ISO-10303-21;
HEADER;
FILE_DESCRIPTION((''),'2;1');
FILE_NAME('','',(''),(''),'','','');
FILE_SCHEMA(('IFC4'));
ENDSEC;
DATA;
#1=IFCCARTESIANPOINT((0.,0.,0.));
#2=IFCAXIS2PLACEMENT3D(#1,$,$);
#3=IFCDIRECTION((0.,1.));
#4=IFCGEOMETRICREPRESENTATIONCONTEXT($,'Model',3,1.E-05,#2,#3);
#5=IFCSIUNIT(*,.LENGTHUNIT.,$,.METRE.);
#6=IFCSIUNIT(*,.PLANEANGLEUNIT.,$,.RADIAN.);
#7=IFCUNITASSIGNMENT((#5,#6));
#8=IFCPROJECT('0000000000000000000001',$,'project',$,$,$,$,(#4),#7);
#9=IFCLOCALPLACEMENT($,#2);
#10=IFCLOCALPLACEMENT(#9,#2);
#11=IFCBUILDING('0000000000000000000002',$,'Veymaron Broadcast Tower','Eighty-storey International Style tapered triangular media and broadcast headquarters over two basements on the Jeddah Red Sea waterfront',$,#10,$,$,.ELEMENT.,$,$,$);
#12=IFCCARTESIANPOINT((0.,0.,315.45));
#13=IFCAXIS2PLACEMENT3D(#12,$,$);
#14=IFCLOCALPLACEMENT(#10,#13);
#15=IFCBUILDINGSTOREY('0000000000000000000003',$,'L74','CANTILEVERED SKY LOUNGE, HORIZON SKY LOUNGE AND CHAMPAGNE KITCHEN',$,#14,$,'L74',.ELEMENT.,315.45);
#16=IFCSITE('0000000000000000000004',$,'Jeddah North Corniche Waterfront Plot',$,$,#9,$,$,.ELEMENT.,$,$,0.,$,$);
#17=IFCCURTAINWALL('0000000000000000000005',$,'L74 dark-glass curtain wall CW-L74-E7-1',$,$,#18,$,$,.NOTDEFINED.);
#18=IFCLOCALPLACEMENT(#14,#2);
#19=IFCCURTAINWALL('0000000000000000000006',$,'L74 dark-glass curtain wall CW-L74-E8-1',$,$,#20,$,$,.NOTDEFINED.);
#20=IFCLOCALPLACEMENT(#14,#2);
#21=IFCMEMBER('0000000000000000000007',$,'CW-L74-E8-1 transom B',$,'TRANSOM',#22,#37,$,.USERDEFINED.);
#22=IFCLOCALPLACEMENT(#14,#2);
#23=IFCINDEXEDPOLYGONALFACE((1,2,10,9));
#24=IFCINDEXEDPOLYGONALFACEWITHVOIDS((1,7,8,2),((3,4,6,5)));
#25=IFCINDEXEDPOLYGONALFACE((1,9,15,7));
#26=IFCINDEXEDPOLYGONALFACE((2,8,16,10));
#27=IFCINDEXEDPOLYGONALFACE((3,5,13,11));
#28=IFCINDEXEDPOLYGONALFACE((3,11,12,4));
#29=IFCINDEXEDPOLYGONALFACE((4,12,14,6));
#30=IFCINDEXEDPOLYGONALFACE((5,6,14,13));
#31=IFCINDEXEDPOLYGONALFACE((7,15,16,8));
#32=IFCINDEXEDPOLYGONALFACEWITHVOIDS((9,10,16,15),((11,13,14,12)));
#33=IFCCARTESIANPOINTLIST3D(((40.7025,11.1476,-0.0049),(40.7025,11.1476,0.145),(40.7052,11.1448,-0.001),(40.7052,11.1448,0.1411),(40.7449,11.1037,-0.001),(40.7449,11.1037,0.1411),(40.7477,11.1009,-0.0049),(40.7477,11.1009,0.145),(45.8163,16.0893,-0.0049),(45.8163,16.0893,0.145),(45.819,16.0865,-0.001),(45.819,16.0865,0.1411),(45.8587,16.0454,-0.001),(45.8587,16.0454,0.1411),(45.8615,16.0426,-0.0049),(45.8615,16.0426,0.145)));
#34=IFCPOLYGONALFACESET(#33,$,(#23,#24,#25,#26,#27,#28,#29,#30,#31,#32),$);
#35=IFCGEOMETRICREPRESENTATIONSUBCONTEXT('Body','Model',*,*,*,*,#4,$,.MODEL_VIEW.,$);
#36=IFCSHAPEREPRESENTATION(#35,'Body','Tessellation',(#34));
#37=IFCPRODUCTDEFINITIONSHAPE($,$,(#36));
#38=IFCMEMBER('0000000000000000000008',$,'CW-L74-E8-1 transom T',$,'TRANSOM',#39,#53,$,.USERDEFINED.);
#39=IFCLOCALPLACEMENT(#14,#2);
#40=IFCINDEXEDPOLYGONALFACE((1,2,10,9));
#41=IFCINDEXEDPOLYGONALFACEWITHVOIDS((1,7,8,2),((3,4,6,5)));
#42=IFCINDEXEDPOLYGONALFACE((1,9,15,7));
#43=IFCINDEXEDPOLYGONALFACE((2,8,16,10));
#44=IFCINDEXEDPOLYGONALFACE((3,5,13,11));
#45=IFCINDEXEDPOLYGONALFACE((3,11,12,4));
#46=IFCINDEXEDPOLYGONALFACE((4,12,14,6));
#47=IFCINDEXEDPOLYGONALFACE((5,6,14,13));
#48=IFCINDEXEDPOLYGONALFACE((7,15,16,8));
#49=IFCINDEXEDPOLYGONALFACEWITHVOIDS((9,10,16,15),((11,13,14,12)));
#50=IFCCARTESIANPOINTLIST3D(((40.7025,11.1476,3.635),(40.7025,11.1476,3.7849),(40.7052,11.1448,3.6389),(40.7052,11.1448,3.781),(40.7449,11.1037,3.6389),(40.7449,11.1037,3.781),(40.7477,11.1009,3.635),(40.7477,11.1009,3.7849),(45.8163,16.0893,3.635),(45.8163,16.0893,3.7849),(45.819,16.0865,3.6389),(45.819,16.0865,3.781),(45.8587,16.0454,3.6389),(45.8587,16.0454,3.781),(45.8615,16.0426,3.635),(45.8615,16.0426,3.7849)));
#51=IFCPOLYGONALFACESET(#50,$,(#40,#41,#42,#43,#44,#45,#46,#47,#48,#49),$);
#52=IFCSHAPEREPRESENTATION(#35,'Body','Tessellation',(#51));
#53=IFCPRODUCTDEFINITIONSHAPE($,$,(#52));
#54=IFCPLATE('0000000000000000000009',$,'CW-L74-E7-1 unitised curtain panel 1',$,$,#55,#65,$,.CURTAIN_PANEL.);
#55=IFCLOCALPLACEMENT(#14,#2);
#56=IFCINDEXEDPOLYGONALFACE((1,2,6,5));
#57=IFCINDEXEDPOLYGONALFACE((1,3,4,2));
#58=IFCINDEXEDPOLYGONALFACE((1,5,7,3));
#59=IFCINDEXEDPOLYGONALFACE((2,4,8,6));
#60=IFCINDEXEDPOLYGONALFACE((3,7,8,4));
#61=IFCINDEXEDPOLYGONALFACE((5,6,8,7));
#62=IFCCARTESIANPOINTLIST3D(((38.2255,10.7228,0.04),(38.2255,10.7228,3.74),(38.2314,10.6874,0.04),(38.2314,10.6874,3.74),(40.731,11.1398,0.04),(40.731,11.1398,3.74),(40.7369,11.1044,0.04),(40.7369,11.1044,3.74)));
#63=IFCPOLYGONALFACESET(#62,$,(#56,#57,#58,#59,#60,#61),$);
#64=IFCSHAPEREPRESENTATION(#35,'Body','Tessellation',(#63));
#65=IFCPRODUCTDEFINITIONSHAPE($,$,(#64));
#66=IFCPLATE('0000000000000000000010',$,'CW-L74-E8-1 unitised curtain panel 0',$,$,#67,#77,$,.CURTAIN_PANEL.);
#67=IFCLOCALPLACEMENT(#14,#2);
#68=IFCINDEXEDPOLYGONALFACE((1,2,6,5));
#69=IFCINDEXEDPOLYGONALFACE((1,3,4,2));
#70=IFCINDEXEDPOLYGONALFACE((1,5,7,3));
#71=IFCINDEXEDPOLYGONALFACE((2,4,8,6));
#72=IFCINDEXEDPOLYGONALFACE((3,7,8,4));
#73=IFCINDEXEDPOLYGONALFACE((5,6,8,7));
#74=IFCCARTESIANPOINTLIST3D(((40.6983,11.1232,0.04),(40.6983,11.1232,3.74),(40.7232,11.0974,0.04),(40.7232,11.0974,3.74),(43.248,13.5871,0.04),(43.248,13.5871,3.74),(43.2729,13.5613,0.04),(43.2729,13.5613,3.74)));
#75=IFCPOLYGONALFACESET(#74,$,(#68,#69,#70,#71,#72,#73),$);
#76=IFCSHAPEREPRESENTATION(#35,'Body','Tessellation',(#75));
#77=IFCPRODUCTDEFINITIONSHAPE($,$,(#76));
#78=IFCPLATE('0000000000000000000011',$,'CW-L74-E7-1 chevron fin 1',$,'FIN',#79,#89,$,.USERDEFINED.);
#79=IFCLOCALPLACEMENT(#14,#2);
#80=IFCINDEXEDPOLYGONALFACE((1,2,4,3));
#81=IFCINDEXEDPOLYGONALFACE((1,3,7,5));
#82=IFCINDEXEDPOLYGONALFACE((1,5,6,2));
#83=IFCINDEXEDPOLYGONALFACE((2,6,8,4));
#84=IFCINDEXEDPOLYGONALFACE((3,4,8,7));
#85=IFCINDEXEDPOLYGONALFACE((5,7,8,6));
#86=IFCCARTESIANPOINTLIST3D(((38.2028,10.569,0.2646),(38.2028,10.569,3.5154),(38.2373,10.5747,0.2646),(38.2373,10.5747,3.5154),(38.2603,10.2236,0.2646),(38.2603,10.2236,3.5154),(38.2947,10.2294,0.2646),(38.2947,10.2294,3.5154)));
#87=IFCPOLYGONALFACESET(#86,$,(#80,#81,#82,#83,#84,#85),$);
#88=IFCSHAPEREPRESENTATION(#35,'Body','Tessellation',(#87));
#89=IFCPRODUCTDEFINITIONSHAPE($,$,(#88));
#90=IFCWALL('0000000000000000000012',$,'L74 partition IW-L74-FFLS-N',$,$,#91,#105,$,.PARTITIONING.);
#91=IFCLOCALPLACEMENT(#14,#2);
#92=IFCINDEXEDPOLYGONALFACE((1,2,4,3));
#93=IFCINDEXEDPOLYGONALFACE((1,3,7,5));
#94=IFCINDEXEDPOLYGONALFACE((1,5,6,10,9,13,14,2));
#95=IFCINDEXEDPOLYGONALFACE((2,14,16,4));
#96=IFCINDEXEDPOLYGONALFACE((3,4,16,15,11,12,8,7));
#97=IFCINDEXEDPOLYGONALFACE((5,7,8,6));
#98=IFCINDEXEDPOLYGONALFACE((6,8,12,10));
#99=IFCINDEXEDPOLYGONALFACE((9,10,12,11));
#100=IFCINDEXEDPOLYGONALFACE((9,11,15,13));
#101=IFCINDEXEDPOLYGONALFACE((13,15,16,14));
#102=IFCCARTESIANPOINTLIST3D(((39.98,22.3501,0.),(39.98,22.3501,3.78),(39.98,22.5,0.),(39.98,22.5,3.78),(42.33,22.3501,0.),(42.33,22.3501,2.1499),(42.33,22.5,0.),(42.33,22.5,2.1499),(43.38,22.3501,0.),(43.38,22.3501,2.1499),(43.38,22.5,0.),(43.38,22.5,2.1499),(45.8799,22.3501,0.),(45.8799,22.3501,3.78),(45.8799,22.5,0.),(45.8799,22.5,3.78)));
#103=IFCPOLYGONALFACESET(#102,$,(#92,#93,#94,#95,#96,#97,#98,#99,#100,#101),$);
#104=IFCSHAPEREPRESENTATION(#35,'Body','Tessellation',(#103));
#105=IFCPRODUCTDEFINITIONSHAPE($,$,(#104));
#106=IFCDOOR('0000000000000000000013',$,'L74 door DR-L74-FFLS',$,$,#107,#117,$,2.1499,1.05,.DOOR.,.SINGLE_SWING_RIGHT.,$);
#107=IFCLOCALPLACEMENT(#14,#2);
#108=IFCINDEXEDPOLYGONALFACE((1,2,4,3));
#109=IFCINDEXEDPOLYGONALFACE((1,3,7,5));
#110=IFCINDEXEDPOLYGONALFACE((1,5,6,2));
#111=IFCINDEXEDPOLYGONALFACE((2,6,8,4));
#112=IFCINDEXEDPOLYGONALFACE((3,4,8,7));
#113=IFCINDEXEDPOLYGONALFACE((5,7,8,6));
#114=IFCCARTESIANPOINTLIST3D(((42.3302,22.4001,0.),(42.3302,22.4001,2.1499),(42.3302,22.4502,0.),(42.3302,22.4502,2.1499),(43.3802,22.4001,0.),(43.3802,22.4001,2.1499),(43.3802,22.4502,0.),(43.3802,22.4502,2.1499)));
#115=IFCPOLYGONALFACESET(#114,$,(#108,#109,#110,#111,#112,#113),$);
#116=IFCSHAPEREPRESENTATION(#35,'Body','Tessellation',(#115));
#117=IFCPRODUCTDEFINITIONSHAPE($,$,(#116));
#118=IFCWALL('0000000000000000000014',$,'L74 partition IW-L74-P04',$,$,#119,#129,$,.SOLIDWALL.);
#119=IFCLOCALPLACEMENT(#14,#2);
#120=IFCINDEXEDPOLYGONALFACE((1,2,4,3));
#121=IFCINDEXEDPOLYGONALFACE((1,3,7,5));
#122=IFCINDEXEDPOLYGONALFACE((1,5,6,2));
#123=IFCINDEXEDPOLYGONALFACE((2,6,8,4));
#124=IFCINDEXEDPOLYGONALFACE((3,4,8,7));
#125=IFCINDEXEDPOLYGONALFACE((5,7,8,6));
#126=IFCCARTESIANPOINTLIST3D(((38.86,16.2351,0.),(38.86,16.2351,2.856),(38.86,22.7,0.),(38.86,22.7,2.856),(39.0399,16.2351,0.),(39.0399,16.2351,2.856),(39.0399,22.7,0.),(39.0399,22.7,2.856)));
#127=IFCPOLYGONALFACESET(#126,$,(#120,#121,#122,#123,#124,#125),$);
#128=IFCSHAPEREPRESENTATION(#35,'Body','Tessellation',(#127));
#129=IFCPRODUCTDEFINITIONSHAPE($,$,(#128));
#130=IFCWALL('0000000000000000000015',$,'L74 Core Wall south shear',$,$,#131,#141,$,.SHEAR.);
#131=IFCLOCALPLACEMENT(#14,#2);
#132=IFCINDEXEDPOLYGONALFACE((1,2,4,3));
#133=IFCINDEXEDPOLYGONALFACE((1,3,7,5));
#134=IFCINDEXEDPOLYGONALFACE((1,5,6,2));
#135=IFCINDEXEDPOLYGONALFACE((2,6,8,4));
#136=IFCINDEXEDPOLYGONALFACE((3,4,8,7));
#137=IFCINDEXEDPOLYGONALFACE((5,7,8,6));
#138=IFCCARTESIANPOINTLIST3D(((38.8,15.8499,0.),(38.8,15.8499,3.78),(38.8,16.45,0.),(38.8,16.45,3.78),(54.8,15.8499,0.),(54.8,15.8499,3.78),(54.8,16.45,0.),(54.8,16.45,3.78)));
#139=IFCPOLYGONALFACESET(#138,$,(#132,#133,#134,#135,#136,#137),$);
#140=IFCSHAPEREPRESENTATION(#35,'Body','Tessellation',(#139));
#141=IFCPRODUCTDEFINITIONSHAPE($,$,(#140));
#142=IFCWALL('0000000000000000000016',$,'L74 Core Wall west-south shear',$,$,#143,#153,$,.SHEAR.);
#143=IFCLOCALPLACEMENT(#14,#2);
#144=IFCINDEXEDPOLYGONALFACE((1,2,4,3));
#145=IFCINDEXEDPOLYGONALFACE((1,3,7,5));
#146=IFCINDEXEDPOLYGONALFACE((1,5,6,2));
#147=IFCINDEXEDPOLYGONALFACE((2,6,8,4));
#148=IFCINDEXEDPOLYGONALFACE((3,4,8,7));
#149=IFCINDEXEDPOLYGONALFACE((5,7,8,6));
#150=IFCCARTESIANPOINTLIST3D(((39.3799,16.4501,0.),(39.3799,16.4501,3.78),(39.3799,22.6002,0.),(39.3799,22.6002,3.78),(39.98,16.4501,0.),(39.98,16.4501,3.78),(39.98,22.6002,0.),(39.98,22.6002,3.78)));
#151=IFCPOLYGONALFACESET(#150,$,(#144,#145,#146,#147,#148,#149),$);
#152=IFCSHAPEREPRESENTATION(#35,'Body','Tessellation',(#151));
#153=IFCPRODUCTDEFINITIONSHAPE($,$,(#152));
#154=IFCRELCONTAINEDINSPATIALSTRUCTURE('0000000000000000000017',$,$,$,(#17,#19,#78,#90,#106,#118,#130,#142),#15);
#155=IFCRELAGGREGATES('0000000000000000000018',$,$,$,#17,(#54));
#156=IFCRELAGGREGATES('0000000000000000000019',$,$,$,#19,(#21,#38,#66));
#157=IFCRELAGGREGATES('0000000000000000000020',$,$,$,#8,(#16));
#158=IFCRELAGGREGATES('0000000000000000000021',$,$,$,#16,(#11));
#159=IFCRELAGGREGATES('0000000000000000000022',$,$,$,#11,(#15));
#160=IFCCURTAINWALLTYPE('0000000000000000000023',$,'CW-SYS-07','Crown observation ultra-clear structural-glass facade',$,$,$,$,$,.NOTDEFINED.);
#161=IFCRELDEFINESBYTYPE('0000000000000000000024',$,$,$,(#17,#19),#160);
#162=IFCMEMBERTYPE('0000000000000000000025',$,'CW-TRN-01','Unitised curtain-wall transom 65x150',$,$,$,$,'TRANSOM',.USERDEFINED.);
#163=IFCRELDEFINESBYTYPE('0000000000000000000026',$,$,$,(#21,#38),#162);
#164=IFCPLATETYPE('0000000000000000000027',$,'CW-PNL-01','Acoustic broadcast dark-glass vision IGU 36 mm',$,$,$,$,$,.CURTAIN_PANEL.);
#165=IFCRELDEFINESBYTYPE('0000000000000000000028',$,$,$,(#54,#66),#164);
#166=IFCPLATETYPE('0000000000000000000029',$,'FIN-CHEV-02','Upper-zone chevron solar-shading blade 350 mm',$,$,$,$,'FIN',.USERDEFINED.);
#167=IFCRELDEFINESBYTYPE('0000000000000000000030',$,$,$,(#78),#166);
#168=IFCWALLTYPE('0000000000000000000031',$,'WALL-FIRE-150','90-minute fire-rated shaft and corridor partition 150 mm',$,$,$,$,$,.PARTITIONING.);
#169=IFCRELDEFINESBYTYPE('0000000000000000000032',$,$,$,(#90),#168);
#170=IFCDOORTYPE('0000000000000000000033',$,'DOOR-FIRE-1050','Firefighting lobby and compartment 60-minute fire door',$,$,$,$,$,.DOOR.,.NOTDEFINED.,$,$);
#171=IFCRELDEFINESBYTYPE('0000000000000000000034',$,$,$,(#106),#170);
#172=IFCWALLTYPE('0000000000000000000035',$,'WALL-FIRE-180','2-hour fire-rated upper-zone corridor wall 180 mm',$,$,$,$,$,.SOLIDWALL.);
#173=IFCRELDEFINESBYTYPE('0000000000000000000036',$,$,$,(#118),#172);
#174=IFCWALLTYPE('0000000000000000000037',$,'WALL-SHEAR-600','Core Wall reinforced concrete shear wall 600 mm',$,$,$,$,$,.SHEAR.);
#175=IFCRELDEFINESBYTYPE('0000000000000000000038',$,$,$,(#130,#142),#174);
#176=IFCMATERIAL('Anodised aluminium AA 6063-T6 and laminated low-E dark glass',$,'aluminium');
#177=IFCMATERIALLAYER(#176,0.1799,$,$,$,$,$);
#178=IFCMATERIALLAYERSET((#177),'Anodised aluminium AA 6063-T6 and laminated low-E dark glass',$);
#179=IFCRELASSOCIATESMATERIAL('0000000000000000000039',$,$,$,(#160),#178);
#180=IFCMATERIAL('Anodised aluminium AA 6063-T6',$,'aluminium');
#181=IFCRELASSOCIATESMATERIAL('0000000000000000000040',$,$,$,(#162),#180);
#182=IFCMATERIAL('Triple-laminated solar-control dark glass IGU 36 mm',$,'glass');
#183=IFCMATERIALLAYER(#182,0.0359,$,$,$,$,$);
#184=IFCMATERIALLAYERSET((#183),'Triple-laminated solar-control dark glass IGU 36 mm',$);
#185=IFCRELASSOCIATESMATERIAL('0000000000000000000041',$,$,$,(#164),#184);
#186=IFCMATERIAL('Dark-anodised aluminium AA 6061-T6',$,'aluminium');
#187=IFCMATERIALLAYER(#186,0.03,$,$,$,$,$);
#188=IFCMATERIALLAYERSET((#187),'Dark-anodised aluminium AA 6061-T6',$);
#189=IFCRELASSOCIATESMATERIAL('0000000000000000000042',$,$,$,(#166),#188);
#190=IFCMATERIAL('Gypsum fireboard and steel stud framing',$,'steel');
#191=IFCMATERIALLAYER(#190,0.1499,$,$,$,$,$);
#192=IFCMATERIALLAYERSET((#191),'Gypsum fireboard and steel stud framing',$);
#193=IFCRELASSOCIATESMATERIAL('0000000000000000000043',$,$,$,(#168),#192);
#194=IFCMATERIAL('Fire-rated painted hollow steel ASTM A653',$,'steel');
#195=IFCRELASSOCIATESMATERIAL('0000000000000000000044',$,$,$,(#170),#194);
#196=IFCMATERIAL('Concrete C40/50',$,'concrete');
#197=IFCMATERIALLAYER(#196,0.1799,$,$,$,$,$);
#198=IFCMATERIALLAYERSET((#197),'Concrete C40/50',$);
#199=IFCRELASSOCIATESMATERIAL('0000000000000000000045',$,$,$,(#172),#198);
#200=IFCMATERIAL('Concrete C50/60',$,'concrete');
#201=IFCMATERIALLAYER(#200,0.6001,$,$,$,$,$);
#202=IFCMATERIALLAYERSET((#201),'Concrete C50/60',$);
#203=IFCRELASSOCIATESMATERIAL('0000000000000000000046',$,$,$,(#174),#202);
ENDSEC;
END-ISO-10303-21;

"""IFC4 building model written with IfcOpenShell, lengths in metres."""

from ifc_helpers import new_model, si_unit, direction, frame, frame_2d, origin, origin_2d, place, context, subcontext, project, spatial, rectangle, hollow_rectangle, extrude, material, layer, layer_set, material_profile, profile_set, type_object, element, fill, aggregate, save


model = new_model("IFC4")

# Units and contexts
model_context = context("Model", 3, precision=1e-05, world=origin(), true_north=direction((0.0, 1.0)))
body_context = subcontext(model_context, "Body", "Model", "MODEL_VIEW")
ifc_project = project(units=[si_unit("LENGTHUNIT", "METRE"), si_unit("PLANEANGLEUNIT", "RADIAN")], contexts=[model_context])

# Site, building, storey
site_placement = place(None, origin())
site = spatial("IfcSite", under=ifc_project, at=site_placement, Name="Jeddah North Corniche Waterfront Plot", CompositionType="ELEMENT", RefElevation=0.0)
building_placement = place(site_placement, origin())
building = spatial("IfcBuilding", under=site, at=building_placement, Name="Veymaron Broadcast Tower", Description="Eighty-storey International Style tapered triangular media and broadcast headquarters over two basements on the Jeddah Red Sea waterfront", CompositionType="ELEMENT")
storey_placement = place(building_placement, frame((0.0, 0.0, 315.45)))
storey = spatial("IfcBuildingStorey", under=building, at=storey_placement, Name="L74", Description="CANTILEVERED SKY LOUNGE, HORIZON SKY LOUNGE AND CHAMPAGNE KITCHEN", LongName="L74", CompositionType="ELEMENT", Elevation=315.45)

# Curtain wall
ifc_material_1 = material(Name="Anodised aluminium AA 6063-T6 and laminated low-E dark glass", Category="aluminium")
ifc_layer_1 = layer(ifc_material_1, 0.1799)
ifc_layer_set_1 = layer_set([ifc_layer_1], Name="Anodised aluminium AA 6063-T6 and laminated low-E dark glass")
curtain_wall_type = type_object("IfcCurtainWallType", Name="CW-SYS-07", Description="Crown observation ultra-clear structural-glass facade", PredefinedType="NOTDEFINED", material=ifc_layer_set_1)
curtain_wall_1_placement = place(storey_placement, origin())
curtain_wall_1 = element("IfcCurtainWall", 1, at=curtain_wall_1_placement, inside=storey, type_object=curtain_wall_type, Name="L74 dark-glass curtain wall CW-L74-E7-1", PredefinedType="NOTDEFINED")
ifc_material_2 = material(Name="Anodised aluminium AA 6063-T6", Category="aluminium")

# Curtain wall, members
curtain_wall_2_placement = place(storey_placement, origin())
curtain_wall_2 = element("IfcCurtainWall", 2, at=curtain_wall_2_placement, inside=storey, type_object=curtain_wall_type, Name="L74 dark-glass curtain wall CW-L74-E8-1", PredefinedType="NOTDEFINED")
ifc_material_profile_1 = material_profile(ifc_material_2, hollow_rectangle(XDim=0.0649, YDim=0.1499, WallThickness=0.0039, at=origin_2d()), Name="AL150X65X4")
ifc_profile_set_1 = profile_set([ifc_material_profile_1], Name="Anodised aluminium AA 6063-T6")
member_type_1 = type_object("IfcMemberType", Name="CW-TRN-01", Description="Unitised curtain-wall transom 65x150", ElementType="TRANSOM", PredefinedType="USERDEFINED", material=ifc_profile_set_1)
member_1_placement = place(storey_placement, frame((40.7251, 11.1243, 0.0701), z_axis=(0.719105, 0.694901, 0.0), x_axis=(-0.694901, 0.719105, 0.0)))
member_1 = element("IfcMember", 3, at=member_1_placement, type_object=member_type_1, Name="CW-L74-E8-1 transom B", ObjectType="TRANSOM", PredefinedType="USERDEFINED", context=body_context, shape_type="SweptSolid", body=[
    extrude(hollow_rectangle(XDim=0.0649, YDim=0.1499, WallThickness=0.0039, at=origin_2d()), origin(), (0.0, 0.0, 1.0), 7.1113),
])
member_2_placement = place(storey_placement, frame((40.7251, 11.1243, 3.71), z_axis=(0.719105, 0.694901, 0.0), x_axis=(-0.694901, 0.719105, 0.0)))
member_2 = element("IfcMember", 4, at=member_2_placement, type_object=member_type_1, Name="CW-L74-E8-1 transom T", ObjectType="TRANSOM", PredefinedType="USERDEFINED", context=body_context, shape_type="SweptSolid", body=[
    extrude(hollow_rectangle(XDim=0.0649, YDim=0.1499, WallThickness=0.0039, at=origin_2d()), origin(), (0.0, 0.0, 1.0), 7.1113),
])

# Plates
ifc_material_3 = material(Name="Triple-laminated solar-control dark glass IGU 36 mm", Category="glass")
ifc_layer_2 = layer(ifc_material_3, 0.0359)
ifc_layer_set_2 = layer_set([ifc_layer_2], Name="Triple-laminated solar-control dark glass IGU 36 mm")
plate_type_1 = type_object("IfcPlateType", Name="CW-PNL-01", Description="Acoustic broadcast dark-glass vision IGU 36 mm", PredefinedType="CURTAIN_PANEL", material=ifc_layer_set_2)
plate_1_placement = place(storey_placement, frame((39.4812, 10.9136, 0.04), z_axis=(0.0, 0.0, 1.0), x_axis=(0.986435, 0.164152, 0.0)))
plate_1 = element("IfcPlate", 5, at=plate_1_placement, type_object=plate_type_1, Name="CW-L74-E7-1 unitised curtain panel 1", PredefinedType="CURTAIN_PANEL", context=body_context, shape_type="SweptSolid", body=[
    extrude(rectangle(XDim=2.54, YDim=0.0359, at=origin_2d()), origin(), (0.0, 0.0, 1.0), 3.7),
])
aggregate(curtain_wall_1, [plate_1])
plate_2_placement = place(storey_placement, frame((41.9856, 12.3423, 0.04), z_axis=(0.0, 0.0, 1.0), x_axis=(0.719097, 0.694909, 0.0)))
plate_2 = element("IfcPlate", 6, at=plate_2_placement, type_object=plate_type_1, Name="CW-L74-E8-1 unitised curtain panel 0", PredefinedType="CURTAIN_PANEL", context=body_context, shape_type="SweptSolid", body=[
    extrude(rectangle(XDim=3.5457, YDim=0.0359, at=origin_2d()), origin(), (0.0, 0.0, 1.0), 3.7),
])
aggregate(curtain_wall_2, [member_1, member_2, plate_2])
ifc_material_4 = material(Name="Dark-anodised aluminium AA 6061-T6", Category="aluminium")
ifc_layer_3 = layer(ifc_material_4, 0.03)
ifc_layer_set_3 = layer_set([ifc_layer_3], Name="Dark-anodised aluminium AA 6061-T6")
plate_type_2 = type_object("IfcPlateType", Name="FIN-CHEV-02", Description="Upper-zone chevron solar-shading blade 350 mm", ElementType="FIN", PredefinedType="USERDEFINED", material=ifc_layer_set_3)
plate_3_placement = place(storey_placement, frame((38.2488, 10.3992, 0.2646), z_axis=(0.0, 0.0, 1.0), x_axis=(0.164152, -0.986435, 0.0)))
element("IfcPlate", 7, at=plate_3_placement, inside=storey, type_object=plate_type_2, Name="CW-L74-E7-1 chevron fin 1", ObjectType="FIN", PredefinedType="USERDEFINED", context=body_context, shape_type="SweptSolid", body=[
    extrude(rectangle(XDim=0.3501, YDim=0.0349, at=origin_2d()), origin(), (0.0, 0.0, 1.0), 3.2507),
])

# Wall, opening, door
ifc_material_5 = material(Name="Gypsum fireboard and steel stud framing", Category="steel")
ifc_layer_4 = layer(ifc_material_5, 0.1499)
ifc_layer_set_4 = layer_set([ifc_layer_4], Name="Gypsum fireboard and steel stud framing")
wall_type_1 = type_object("IfcWallType", Name="WALL-FIRE-150", Description="90-minute fire-rated shaft and corridor partition 150 mm", PredefinedType="PARTITIONING", material=ifc_layer_set_4)
wall_1_placement = place(storey_placement, frame((39.98, 22.425, 0.0), z_axis=(0.0, 0.0, 1.0), x_axis=(1.0, 0.0, 0.0)))
wall_1 = element("IfcWall", 8, at=wall_1_placement, inside=storey, type_object=wall_type_1, Name="L74 partition IW-L74-FFLS-N", PredefinedType="PARTITIONING", context=body_context, shape_type="SweptSolid", body=[
    extrude(rectangle(XDim=5.8999, YDim=0.1499, at=frame_2d((2.95, 0.0))), origin(), (0.0, 0.0, 1.0), 3.78),
])
opening_1_placement = place(wall_1_placement, frame((2.3501, 0.0, 0.0)))
opening_1 = element("IfcOpeningElement", 9, at=opening_1_placement, cuts=wall_1, PredefinedType="OPENING", context=body_context, shape_type="SweptSolid", body=[
    extrude(rectangle(XDim=1.05, YDim=2.1499, at=frame_2d((0.5249, 1.075))), frame((0.0, 0.085, 0.0), z_axis=(0.0, -1.0, 0.0), x_axis=(1.0, 0.0, 0.0)), (0.0, 0.0, 1.0), 0.1699),
])
ifc_material_6 = material(Name="Fire-rated painted hollow steel ASTM A653", Category="steel")
door_type_1 = type_object("IfcDoorType", Name="DOOR-FIRE-1050", Description="Firefighting lobby and compartment 60-minute fire door", OperationType="NOTDEFINED", PredefinedType="DOOR", material=ifc_material_6)
door_1_placement = place(opening_1_placement, frame((1.05, 0.0, 0.0), z_axis=(0.0, 0.0, 1.0), x_axis=(-1.0, 0.0, 0.0)))
door_1 = element("IfcDoor", 10, at=door_1_placement, inside=storey, type_object=door_type_1, Name="L74 door DR-L74-FFLS", OperationType="SINGLE_SWING_RIGHT", OverallHeight=2.1499, OverallWidth=1.05, PredefinedType="DOOR", context=body_context, shape_type="SweptSolid", body=[
    extrude(rectangle(XDim=1.05, YDim=2.1499, at=frame_2d((0.5249, 1.075))), frame((0.0, 0.0249, 0.0), z_axis=(0.0, -1.0, 0.0), x_axis=(1.0, 0.0, 0.0)), (0.0, 0.0, 1.0), 0.05),
])
fill(opening_1, door_1)

# Wall
ifc_material_7 = material(Name="Concrete C40/50", Category="concrete")
ifc_layer_5 = layer(ifc_material_7, 0.1799)
ifc_layer_set_5 = layer_set([ifc_layer_5], Name="Concrete C40/50")
wall_type_2 = type_object("IfcWallType", Name="WALL-FIRE-180", Description="2-hour fire-rated upper-zone corridor wall 180 mm", PredefinedType="SOLIDWALL", material=ifc_layer_set_5)
wall_2_placement = place(storey_placement, frame((38.95, 16.2351, 0.0), z_axis=(0.0, 0.0, 1.0), x_axis=(0.0, 1.0, 0.0)))
element("IfcWall", 11, at=wall_2_placement, inside=storey, type_object=wall_type_2, Name="L74 partition IW-L74-P04", PredefinedType="SOLIDWALL", context=body_context, shape_type="SweptSolid", body=[
    extrude(rectangle(XDim=6.4648, YDim=0.1799, at=frame_2d((3.2324, 0.0))), origin(), (0.0, 0.0, 1.0), 2.856),
])

# Shared definitions
ifc_material_8 = material(Name="Concrete C50/60", Category="concrete")

# Walls
ifc_layer_6 = layer(ifc_material_8, 0.6001)
ifc_layer_set_6 = layer_set([ifc_layer_6], Name="Concrete C50/60")
wall_type_3 = type_object("IfcWallType", Name="WALL-SHEAR-600", Description="Core Wall reinforced concrete shear wall 600 mm", PredefinedType="SHEAR", material=ifc_layer_set_6)
wall_3_placement = place(storey_placement, frame((38.8, 16.1499, 0.0), z_axis=(0.0, 0.0, 1.0), x_axis=(1.0, 0.0, 0.0)))
element("IfcWall", 12, at=wall_3_placement, inside=storey, type_object=wall_type_3, Name="L74 Core Wall south shear", PredefinedType="SHEAR", context=body_context, shape_type="SweptSolid", body=[
    extrude(rectangle(XDim=16.0, YDim=0.6001, at=frame_2d((8.0, 0.0))), origin(), (0.0, 0.0, 1.0), 3.78),
])
wall_4_placement = place(storey_placement, frame((39.6799, 16.45, 0.0), z_axis=(0.0, 0.0, 1.0), x_axis=(0.0, 1.0, 0.0)))
element("IfcWall", 13, at=wall_4_placement, inside=storey, type_object=wall_type_3, Name="L74 Core Wall west-south shear", PredefinedType="SHEAR", context=body_context, shape_type="SweptSolid", body=[
    extrude(rectangle(XDim=6.1501, YDim=0.6001, at=frame_2d((3.0752, 0.0))), origin(), (0.0, 0.0, 1.0), 3.78),
])

save(model, "model.ifc")
